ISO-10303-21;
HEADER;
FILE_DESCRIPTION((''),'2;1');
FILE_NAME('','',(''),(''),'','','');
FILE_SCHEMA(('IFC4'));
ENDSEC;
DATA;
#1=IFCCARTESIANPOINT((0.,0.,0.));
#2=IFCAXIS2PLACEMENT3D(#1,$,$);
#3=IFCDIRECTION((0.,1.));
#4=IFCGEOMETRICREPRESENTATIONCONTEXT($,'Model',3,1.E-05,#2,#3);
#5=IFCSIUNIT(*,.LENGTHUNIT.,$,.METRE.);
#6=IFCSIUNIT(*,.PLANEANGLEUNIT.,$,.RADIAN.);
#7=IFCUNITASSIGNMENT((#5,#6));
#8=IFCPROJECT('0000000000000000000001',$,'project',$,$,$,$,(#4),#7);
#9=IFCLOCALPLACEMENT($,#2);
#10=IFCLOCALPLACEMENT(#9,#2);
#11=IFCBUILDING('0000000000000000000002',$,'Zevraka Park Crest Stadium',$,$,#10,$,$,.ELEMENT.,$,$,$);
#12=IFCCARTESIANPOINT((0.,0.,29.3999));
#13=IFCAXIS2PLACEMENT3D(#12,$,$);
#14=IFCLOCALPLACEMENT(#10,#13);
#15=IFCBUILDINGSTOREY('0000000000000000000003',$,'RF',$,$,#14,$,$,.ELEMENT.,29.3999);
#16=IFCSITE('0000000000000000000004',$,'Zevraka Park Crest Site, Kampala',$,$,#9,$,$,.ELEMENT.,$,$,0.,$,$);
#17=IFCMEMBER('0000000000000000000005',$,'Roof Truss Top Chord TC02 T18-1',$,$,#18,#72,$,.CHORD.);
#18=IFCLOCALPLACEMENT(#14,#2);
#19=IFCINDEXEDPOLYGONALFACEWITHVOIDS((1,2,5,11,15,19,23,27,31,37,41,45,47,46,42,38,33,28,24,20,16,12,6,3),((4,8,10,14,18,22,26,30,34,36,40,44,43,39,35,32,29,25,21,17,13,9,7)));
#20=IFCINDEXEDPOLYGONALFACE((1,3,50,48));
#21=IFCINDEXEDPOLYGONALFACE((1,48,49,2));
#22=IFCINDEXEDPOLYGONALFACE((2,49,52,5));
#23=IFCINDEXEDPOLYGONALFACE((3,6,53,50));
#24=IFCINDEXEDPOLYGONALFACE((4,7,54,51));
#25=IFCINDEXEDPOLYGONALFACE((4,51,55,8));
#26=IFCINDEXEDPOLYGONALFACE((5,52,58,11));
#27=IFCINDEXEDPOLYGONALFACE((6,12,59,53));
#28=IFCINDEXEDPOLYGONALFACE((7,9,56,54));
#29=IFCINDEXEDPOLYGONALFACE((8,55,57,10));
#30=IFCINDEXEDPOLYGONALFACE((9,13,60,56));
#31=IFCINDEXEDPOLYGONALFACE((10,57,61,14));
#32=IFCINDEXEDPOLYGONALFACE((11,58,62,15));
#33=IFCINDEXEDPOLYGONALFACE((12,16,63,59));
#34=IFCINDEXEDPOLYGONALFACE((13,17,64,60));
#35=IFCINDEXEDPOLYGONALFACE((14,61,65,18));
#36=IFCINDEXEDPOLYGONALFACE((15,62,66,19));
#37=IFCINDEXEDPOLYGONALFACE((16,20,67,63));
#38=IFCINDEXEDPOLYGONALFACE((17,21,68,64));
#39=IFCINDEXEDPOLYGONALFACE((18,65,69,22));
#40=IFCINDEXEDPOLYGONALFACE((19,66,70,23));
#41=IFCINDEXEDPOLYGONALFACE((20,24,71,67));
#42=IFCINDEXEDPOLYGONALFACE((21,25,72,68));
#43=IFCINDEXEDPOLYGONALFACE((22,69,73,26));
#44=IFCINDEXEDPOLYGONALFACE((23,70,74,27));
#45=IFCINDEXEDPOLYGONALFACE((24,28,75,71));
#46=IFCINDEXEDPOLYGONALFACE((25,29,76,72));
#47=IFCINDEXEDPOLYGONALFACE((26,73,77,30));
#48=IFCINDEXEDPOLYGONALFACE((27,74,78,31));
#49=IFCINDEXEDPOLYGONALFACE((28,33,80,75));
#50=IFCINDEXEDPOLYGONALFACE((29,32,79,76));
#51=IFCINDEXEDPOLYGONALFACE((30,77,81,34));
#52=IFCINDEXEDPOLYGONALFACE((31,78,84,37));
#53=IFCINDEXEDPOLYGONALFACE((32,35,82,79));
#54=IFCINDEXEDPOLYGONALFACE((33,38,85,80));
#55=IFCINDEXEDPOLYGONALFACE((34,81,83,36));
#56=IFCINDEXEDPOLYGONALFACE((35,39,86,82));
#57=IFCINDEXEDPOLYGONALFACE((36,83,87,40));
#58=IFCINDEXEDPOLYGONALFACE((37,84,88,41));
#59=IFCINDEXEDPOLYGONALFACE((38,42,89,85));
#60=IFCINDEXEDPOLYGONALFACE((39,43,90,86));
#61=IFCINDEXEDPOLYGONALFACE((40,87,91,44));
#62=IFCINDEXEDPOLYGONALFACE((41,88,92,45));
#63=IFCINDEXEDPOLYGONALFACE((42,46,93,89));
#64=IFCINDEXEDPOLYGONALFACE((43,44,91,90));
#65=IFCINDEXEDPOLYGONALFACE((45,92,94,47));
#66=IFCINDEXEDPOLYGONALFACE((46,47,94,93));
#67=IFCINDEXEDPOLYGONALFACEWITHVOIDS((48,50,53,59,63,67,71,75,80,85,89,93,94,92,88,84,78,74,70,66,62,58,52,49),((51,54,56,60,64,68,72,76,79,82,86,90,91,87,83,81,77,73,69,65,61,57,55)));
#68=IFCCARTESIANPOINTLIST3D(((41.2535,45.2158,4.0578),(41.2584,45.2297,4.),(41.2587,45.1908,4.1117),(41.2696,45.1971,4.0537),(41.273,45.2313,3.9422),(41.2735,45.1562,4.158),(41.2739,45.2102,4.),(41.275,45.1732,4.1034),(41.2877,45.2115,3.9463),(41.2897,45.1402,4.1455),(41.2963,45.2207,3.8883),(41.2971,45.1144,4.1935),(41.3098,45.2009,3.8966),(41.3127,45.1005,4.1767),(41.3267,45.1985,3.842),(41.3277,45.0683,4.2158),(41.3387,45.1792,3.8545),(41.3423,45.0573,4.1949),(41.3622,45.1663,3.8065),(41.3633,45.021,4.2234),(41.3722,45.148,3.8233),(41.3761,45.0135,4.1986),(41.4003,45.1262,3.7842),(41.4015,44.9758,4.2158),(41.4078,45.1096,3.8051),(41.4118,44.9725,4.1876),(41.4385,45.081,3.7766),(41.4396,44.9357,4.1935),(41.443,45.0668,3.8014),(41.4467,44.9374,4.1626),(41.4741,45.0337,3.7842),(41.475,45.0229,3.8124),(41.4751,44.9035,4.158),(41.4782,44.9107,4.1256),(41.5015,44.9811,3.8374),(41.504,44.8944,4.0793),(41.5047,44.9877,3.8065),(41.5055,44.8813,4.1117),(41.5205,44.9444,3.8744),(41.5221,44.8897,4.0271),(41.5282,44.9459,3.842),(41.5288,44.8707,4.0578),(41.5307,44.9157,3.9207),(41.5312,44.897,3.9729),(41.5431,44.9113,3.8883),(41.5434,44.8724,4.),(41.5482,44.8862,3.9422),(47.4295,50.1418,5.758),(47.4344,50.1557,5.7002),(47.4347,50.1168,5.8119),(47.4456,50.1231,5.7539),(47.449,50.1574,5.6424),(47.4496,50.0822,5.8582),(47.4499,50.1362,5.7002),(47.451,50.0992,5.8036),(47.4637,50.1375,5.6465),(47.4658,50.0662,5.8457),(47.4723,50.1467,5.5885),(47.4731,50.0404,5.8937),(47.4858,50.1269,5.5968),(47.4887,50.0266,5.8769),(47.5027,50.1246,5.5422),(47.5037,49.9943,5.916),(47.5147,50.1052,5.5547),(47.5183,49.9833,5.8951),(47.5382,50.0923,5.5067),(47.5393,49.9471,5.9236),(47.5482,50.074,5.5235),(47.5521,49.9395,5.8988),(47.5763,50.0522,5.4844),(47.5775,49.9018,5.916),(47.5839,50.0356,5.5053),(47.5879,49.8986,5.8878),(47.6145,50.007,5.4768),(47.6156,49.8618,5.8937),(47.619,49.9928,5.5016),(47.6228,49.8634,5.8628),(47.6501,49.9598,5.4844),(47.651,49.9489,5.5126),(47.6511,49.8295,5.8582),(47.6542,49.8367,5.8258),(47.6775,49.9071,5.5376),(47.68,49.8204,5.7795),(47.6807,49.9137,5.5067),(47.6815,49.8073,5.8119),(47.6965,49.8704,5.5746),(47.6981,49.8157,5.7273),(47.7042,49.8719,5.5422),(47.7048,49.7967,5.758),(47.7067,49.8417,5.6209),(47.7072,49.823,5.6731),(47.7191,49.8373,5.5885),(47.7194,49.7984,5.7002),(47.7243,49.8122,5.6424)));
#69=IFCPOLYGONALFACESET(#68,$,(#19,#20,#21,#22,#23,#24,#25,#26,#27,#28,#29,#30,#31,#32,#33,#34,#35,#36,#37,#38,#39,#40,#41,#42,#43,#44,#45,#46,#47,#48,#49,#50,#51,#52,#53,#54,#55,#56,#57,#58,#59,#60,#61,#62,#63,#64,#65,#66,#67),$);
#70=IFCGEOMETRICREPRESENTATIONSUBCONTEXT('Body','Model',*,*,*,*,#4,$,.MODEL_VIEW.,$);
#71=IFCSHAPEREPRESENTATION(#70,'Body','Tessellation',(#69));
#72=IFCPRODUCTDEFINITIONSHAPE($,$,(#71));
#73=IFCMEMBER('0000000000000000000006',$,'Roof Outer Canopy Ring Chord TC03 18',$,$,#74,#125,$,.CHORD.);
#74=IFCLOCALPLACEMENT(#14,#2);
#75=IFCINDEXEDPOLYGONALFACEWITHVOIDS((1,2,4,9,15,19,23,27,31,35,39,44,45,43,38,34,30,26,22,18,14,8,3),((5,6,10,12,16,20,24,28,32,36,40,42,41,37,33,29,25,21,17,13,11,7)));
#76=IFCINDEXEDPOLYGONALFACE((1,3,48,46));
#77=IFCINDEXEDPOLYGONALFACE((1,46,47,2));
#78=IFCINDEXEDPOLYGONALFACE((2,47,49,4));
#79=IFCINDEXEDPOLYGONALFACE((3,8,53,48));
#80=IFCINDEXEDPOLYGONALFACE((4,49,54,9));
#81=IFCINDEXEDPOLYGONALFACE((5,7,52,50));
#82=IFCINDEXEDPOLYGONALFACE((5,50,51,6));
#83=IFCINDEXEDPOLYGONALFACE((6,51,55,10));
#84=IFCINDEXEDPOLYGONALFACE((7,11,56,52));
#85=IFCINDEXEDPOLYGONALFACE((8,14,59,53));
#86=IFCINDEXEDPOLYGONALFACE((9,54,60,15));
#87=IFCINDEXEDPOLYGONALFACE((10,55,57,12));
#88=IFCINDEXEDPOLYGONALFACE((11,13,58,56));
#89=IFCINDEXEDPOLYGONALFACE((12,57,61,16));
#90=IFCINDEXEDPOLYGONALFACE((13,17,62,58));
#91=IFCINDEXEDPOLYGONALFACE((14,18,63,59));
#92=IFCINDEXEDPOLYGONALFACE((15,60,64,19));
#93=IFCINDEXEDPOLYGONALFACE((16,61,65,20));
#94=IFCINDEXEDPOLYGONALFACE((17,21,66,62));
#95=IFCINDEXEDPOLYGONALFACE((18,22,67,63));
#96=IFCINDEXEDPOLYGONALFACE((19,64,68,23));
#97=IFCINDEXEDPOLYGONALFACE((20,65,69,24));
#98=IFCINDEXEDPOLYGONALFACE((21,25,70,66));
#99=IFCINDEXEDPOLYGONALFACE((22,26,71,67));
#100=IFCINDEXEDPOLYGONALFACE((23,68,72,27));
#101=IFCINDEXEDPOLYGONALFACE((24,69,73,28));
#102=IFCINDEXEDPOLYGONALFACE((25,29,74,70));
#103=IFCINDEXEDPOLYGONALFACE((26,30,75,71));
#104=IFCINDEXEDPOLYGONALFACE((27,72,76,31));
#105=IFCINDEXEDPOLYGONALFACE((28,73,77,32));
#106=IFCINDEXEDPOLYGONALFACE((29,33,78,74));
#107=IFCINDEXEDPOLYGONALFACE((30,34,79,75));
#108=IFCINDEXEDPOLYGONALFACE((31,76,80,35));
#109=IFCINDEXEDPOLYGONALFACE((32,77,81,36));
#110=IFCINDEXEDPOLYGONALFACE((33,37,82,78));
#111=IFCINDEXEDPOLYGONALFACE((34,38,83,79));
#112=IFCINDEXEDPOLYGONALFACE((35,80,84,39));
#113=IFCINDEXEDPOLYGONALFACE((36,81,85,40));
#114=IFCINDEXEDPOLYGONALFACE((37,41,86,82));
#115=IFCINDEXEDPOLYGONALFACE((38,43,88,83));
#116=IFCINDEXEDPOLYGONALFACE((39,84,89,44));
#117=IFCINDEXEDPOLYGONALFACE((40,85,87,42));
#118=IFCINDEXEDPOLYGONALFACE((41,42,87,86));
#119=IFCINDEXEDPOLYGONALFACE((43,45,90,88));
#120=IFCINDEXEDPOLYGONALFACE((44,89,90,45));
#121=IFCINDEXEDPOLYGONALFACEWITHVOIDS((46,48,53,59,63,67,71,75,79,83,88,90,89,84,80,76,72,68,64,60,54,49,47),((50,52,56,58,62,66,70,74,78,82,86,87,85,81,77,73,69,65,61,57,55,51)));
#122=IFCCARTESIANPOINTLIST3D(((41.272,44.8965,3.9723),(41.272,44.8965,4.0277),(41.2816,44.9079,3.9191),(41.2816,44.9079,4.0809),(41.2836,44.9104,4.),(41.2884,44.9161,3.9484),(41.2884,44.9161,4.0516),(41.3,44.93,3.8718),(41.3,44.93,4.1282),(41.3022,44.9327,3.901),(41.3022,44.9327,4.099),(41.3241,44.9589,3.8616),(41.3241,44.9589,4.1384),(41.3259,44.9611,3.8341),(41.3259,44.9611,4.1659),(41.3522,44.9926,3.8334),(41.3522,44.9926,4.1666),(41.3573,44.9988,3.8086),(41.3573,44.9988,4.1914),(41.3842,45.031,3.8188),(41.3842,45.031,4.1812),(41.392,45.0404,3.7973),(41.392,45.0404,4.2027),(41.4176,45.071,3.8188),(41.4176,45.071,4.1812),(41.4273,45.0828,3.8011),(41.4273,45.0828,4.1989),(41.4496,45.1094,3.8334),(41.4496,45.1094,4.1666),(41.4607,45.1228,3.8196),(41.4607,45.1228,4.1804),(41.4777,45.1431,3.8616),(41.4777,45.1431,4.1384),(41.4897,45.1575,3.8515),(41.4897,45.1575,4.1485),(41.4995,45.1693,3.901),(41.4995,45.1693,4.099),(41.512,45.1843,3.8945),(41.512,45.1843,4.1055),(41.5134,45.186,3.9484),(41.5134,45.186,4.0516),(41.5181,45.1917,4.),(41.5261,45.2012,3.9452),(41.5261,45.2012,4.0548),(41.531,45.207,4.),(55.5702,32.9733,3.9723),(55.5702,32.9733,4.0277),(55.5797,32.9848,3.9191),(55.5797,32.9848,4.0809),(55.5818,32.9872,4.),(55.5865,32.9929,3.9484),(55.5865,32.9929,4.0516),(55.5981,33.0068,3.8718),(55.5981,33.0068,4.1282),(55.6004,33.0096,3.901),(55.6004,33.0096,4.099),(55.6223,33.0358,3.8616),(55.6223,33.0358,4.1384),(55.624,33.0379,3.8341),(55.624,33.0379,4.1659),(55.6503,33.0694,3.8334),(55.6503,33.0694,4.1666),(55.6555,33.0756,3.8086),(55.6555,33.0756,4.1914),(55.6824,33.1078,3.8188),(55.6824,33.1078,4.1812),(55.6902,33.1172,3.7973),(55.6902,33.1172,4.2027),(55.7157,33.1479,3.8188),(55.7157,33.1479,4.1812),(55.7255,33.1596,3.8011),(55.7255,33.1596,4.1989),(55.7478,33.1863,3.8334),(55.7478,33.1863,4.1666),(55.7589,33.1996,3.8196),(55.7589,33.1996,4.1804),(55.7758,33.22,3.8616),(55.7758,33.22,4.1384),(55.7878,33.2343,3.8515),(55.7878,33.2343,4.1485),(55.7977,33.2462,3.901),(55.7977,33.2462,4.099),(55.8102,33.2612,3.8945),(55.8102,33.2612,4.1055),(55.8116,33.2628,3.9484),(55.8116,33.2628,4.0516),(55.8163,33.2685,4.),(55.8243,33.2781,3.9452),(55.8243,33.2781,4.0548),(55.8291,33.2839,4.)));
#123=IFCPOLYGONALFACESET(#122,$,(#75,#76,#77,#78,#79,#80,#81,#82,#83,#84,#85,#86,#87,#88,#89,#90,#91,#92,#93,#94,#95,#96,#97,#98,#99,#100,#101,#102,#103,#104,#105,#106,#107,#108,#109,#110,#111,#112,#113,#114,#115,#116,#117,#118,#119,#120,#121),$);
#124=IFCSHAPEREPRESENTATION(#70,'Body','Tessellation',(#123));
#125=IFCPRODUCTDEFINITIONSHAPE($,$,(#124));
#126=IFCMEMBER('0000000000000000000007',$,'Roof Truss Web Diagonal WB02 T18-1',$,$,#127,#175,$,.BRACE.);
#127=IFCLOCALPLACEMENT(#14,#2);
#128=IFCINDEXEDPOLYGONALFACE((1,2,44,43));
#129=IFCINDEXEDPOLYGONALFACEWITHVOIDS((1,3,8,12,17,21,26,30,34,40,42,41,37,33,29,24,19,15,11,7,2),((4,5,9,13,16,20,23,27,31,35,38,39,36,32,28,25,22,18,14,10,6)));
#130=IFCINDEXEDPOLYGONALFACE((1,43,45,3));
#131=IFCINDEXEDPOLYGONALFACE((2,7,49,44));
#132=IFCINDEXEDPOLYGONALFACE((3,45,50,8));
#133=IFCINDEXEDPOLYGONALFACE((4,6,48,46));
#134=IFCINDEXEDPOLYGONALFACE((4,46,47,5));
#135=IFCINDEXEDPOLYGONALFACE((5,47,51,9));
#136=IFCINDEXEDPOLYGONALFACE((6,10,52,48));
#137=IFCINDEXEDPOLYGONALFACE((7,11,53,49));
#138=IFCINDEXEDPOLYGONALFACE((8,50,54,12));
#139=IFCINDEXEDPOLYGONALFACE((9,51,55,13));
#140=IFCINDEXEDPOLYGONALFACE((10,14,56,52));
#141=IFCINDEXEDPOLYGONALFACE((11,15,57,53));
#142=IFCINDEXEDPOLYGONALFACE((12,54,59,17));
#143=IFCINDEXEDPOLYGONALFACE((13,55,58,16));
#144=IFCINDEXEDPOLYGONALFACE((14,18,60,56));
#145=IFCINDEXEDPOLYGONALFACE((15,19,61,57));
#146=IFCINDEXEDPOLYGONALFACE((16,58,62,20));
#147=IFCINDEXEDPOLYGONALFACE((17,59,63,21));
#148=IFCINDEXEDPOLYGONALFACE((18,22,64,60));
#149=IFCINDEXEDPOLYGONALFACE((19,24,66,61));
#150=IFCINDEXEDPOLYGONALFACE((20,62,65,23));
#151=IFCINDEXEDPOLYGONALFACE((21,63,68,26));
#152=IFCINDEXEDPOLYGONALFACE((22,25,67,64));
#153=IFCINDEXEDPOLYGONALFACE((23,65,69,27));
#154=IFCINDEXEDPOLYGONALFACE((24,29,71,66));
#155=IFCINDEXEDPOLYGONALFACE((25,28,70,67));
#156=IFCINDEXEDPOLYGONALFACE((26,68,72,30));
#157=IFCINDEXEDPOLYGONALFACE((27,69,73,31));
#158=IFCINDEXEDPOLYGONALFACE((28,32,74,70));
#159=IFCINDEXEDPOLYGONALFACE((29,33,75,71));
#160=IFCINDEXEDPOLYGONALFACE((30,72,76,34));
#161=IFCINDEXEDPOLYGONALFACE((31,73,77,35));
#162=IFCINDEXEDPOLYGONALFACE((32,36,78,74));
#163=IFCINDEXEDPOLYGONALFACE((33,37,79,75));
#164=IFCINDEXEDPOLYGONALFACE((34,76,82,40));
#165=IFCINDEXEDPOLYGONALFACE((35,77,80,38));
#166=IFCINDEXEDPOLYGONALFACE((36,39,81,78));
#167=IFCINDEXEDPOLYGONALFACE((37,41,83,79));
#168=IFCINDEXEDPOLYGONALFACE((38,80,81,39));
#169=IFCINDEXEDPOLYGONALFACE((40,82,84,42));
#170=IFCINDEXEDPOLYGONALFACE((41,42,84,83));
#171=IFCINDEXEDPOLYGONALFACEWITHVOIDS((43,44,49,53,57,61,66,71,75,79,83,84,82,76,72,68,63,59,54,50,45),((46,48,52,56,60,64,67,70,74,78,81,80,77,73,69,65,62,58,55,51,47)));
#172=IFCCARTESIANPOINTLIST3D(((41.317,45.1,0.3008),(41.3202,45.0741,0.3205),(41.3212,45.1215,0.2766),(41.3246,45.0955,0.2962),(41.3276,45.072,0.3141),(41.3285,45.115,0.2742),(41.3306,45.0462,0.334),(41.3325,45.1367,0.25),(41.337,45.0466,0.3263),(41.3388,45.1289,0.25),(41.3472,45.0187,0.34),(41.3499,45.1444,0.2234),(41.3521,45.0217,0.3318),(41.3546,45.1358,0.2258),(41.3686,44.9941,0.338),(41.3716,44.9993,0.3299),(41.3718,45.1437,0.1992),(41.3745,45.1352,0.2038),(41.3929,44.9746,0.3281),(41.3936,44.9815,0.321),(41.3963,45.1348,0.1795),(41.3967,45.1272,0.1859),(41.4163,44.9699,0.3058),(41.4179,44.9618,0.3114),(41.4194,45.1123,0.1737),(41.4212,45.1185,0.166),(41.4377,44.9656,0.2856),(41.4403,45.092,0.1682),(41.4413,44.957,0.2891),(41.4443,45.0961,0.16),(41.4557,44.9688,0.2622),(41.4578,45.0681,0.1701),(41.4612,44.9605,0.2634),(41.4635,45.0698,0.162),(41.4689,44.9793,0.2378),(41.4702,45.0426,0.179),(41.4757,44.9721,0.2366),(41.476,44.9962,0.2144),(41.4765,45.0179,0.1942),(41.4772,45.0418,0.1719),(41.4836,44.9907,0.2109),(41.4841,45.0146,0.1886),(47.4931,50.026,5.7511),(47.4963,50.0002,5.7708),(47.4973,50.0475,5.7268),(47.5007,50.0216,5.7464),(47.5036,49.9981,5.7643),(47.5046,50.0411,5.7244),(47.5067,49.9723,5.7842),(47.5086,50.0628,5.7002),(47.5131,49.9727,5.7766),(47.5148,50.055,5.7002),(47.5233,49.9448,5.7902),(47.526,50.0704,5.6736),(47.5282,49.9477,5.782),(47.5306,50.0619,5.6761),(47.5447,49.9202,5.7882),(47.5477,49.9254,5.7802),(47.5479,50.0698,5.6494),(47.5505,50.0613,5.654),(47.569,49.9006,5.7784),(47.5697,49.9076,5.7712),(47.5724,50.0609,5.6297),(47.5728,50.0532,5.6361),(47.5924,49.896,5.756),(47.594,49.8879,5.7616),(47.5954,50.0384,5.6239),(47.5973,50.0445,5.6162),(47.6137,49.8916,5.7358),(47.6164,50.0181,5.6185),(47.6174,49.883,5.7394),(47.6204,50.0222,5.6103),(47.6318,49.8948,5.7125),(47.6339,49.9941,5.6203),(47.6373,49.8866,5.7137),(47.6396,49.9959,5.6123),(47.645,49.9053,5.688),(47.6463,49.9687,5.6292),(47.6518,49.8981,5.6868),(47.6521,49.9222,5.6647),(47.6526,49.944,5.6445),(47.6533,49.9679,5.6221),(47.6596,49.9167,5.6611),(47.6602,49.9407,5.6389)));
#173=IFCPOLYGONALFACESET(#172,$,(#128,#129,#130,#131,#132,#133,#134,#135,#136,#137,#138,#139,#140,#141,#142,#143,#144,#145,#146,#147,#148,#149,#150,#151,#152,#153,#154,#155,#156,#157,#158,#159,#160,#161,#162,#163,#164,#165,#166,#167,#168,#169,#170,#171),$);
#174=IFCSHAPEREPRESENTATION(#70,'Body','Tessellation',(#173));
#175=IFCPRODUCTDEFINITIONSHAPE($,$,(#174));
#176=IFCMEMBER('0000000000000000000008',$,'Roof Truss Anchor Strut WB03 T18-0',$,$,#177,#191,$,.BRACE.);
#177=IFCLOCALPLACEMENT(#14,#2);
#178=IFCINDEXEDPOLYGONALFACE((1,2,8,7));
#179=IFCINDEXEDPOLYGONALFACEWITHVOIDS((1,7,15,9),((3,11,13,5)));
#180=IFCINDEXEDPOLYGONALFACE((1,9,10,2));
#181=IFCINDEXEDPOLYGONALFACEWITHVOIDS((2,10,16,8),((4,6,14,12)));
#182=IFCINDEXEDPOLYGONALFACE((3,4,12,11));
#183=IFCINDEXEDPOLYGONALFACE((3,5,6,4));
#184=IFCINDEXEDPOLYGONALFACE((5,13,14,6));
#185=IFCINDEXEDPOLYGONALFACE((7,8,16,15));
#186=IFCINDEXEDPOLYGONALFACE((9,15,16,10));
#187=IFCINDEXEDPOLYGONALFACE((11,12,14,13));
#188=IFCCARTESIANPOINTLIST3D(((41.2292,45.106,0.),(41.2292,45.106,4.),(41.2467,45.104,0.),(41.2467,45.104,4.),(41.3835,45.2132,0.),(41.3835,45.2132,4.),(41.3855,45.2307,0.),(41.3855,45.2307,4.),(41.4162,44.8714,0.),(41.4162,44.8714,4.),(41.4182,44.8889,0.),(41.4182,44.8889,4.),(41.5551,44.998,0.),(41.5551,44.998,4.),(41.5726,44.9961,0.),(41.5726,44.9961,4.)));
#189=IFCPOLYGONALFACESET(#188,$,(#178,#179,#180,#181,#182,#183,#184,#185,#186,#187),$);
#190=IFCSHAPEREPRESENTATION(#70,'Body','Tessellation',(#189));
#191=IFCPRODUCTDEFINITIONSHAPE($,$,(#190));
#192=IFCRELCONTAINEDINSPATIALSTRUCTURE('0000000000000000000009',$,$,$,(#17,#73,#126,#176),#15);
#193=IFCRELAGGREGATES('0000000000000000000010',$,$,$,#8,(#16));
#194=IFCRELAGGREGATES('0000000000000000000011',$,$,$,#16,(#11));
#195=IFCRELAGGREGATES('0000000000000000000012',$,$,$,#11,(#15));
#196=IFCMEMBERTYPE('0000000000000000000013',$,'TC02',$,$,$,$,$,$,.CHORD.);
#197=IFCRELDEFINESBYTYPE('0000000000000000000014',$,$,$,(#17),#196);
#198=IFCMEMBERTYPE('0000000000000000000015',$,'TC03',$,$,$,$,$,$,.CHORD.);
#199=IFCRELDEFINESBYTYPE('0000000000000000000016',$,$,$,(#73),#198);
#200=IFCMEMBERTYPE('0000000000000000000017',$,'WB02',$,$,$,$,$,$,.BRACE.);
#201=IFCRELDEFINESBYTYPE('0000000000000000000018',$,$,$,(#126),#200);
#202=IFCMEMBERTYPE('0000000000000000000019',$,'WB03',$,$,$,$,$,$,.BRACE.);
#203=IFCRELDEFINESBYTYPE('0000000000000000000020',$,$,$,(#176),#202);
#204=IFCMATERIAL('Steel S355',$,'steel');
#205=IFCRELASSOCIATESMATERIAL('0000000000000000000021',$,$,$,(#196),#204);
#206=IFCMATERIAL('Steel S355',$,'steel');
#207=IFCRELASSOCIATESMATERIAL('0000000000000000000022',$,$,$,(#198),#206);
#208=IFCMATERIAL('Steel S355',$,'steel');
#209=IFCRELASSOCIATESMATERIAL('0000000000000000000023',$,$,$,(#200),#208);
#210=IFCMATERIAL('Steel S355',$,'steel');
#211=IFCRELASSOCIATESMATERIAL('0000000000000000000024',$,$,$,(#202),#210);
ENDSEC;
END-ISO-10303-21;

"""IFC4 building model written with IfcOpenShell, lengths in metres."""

from ifc_helpers import new_model, si_unit, direction, frame, origin, origin_2d, place, context, subcontext, project, spatial, hollow_rectangle, hollow_circle, extrude, material, material_profile, profile_set, type_object, element, save


model = new_model("IFC4")

# Units and contexts
model_context = context("Model", 3, precision=1e-05, world=origin(), true_north=direction((0.0, 1.0)))
body_context = subcontext(model_context, "Body", "Model", "MODEL_VIEW")
ifc_project = project(units=[si_unit("LENGTHUNIT", "METRE"), si_unit("PLANEANGLEUNIT", "RADIAN")], contexts=[model_context])

# Site, building, storey
site_placement = place(None, origin())
site = spatial("IfcSite", under=ifc_project, at=site_placement, Name="Zevraka Park Crest Site, Kampala", CompositionType="ELEMENT", RefElevation=0.0)
building_placement = place(site_placement, origin())
building = spatial("IfcBuilding", under=site, at=building_placement, Name="Zevraka Park Crest Stadium", CompositionType="ELEMENT")
storey_placement = place(building_placement, frame((0.0, 0.0, 29.3999)))
storey = spatial("IfcBuildingStorey", under=building, at=storey_placement, Name="RF", CompositionType="ELEMENT", Elevation=29.3999)

# Members
ifc_material_1 = material(Name="Steel S355", Category="steel")
ifc_material_profile_1 = material_profile(ifc_material_1, hollow_circle(Radius=0.2285, WallThickness=0.0249, at=origin_2d()), Name="CHS 457.0x25")
ifc_profile_set_1 = profile_set([ifc_material_profile_1], Name="Steel S355")
member_type_1 = type_object("IfcMemberType", Name="TC02", PredefinedType="CHORD", material=ifc_profile_set_1)
member_1_placement = place(storey_placement, frame((41.4009, 45.051, 4.0), z_axis=(0.764282, 0.609595, 0.210399), x_axis=(-0.623552, 0.781782, 0.0)))
element("IfcMember", 1, at=member_1_placement, inside=storey, type_object=member_type_1, Name="Roof Truss Top Chord TC02 T18-1", PredefinedType="CHORD", context=body_context, shape_type="SweptSolid", body=[
    extrude(hollow_circle(Radius=0.2285, WallThickness=0.0249, at=origin_2d()), origin(), (0.0, 0.0, 1.0), 8.0808),
])
ifc_material_2 = material(Name="Steel S355", Category="steel")
ifc_material_profile_2 = material_profile(ifc_material_2, hollow_circle(Radius=0.2031, WallThickness=0.02, at=origin_2d()), Name="CHS 406.4x20")
ifc_profile_set_2 = profile_set([ifc_material_profile_2], Name="Steel S355")
member_type_2 = type_object("IfcMemberType", Name="TC03", PredefinedType="CHORD", material=ifc_profile_set_2)
member_2_placement = place(storey_placement, frame((41.4009, 45.051, 4.0), z_axis=(0.768009, -0.640438, 0.0), x_axis=(0.640438, 0.768009, 0.0)))
element("IfcMember", 2, at=member_2_placement, inside=storey, type_object=member_type_2, Name="Roof Outer Canopy Ring Chord TC03 18", PredefinedType="CHORD", context=body_context, shape_type="SweptSolid", body=[
    extrude(hollow_circle(Radius=0.2031, WallThickness=0.02, at=origin_2d()), origin(), (0.0, 0.0, 1.0), 18.6172),
])
ifc_material_3 = material(Name="Steel S355", Category="steel")
ifc_material_profile_3 = material_profile(ifc_material_3, hollow_circle(Radius=0.1096, WallThickness=0.01, at=origin_2d()), Name="CHS 219.1x10")
ifc_profile_set_3 = profile_set([ifc_material_profile_3], Name="Steel S355")
member_type_3 = type_object("IfcMemberType", Name="WB02", PredefinedType="BRACE", material=ifc_profile_set_3)
member_3_placement = place(storey_placement, frame((41.4009, 45.051, 0.25), z_axis=(0.643498, 0.513257, 0.567872), x_axis=(-0.623552, 0.781782, 0.0)))
element("IfcMember", 3, at=member_3_placement, inside=storey, type_object=member_type_3, Name="Roof Truss Web Diagonal WB02 T18-1", PredefinedType="BRACE", context=body_context, shape_type="SweptSolid", body=[
    extrude(hollow_circle(Radius=0.1096, WallThickness=0.01, at=origin_2d()), origin(), (0.0, 0.0, 1.0), 9.5977),
])
ifc_material_4 = material(Name="Steel S355", Category="steel")
ifc_material_profile_4 = material_profile(ifc_material_4, hollow_rectangle(XDim=0.2, YDim=0.3, WallThickness=0.0125, at=origin_2d()), Name="RHS 300x200x12.5")
ifc_profile_set_4 = profile_set([ifc_material_profile_4], Name="Steel S355")
member_type_4 = type_object("IfcMemberType", Name="WB03", PredefinedType="BRACE", material=ifc_profile_set_4)
member_4_placement = place(storey_placement, frame((41.4009, 45.051, 0.0), z_axis=(0.0, 0.0, 1.0), x_axis=(0.781847, 0.62347, 0.0)))
element("IfcMember", 4, at=member_4_placement, inside=storey, type_object=member_type_4, Name="Roof Truss Anchor Strut WB03 T18-0", PredefinedType="BRACE", context=body_context, shape_type="SweptSolid", body=[
    extrude(hollow_rectangle(XDim=0.2, YDim=0.3, WallThickness=0.0125, at=origin_2d()), origin(), (0.0, 0.0, 1.0), 4.0),
])

save(model, "model.ifc")
